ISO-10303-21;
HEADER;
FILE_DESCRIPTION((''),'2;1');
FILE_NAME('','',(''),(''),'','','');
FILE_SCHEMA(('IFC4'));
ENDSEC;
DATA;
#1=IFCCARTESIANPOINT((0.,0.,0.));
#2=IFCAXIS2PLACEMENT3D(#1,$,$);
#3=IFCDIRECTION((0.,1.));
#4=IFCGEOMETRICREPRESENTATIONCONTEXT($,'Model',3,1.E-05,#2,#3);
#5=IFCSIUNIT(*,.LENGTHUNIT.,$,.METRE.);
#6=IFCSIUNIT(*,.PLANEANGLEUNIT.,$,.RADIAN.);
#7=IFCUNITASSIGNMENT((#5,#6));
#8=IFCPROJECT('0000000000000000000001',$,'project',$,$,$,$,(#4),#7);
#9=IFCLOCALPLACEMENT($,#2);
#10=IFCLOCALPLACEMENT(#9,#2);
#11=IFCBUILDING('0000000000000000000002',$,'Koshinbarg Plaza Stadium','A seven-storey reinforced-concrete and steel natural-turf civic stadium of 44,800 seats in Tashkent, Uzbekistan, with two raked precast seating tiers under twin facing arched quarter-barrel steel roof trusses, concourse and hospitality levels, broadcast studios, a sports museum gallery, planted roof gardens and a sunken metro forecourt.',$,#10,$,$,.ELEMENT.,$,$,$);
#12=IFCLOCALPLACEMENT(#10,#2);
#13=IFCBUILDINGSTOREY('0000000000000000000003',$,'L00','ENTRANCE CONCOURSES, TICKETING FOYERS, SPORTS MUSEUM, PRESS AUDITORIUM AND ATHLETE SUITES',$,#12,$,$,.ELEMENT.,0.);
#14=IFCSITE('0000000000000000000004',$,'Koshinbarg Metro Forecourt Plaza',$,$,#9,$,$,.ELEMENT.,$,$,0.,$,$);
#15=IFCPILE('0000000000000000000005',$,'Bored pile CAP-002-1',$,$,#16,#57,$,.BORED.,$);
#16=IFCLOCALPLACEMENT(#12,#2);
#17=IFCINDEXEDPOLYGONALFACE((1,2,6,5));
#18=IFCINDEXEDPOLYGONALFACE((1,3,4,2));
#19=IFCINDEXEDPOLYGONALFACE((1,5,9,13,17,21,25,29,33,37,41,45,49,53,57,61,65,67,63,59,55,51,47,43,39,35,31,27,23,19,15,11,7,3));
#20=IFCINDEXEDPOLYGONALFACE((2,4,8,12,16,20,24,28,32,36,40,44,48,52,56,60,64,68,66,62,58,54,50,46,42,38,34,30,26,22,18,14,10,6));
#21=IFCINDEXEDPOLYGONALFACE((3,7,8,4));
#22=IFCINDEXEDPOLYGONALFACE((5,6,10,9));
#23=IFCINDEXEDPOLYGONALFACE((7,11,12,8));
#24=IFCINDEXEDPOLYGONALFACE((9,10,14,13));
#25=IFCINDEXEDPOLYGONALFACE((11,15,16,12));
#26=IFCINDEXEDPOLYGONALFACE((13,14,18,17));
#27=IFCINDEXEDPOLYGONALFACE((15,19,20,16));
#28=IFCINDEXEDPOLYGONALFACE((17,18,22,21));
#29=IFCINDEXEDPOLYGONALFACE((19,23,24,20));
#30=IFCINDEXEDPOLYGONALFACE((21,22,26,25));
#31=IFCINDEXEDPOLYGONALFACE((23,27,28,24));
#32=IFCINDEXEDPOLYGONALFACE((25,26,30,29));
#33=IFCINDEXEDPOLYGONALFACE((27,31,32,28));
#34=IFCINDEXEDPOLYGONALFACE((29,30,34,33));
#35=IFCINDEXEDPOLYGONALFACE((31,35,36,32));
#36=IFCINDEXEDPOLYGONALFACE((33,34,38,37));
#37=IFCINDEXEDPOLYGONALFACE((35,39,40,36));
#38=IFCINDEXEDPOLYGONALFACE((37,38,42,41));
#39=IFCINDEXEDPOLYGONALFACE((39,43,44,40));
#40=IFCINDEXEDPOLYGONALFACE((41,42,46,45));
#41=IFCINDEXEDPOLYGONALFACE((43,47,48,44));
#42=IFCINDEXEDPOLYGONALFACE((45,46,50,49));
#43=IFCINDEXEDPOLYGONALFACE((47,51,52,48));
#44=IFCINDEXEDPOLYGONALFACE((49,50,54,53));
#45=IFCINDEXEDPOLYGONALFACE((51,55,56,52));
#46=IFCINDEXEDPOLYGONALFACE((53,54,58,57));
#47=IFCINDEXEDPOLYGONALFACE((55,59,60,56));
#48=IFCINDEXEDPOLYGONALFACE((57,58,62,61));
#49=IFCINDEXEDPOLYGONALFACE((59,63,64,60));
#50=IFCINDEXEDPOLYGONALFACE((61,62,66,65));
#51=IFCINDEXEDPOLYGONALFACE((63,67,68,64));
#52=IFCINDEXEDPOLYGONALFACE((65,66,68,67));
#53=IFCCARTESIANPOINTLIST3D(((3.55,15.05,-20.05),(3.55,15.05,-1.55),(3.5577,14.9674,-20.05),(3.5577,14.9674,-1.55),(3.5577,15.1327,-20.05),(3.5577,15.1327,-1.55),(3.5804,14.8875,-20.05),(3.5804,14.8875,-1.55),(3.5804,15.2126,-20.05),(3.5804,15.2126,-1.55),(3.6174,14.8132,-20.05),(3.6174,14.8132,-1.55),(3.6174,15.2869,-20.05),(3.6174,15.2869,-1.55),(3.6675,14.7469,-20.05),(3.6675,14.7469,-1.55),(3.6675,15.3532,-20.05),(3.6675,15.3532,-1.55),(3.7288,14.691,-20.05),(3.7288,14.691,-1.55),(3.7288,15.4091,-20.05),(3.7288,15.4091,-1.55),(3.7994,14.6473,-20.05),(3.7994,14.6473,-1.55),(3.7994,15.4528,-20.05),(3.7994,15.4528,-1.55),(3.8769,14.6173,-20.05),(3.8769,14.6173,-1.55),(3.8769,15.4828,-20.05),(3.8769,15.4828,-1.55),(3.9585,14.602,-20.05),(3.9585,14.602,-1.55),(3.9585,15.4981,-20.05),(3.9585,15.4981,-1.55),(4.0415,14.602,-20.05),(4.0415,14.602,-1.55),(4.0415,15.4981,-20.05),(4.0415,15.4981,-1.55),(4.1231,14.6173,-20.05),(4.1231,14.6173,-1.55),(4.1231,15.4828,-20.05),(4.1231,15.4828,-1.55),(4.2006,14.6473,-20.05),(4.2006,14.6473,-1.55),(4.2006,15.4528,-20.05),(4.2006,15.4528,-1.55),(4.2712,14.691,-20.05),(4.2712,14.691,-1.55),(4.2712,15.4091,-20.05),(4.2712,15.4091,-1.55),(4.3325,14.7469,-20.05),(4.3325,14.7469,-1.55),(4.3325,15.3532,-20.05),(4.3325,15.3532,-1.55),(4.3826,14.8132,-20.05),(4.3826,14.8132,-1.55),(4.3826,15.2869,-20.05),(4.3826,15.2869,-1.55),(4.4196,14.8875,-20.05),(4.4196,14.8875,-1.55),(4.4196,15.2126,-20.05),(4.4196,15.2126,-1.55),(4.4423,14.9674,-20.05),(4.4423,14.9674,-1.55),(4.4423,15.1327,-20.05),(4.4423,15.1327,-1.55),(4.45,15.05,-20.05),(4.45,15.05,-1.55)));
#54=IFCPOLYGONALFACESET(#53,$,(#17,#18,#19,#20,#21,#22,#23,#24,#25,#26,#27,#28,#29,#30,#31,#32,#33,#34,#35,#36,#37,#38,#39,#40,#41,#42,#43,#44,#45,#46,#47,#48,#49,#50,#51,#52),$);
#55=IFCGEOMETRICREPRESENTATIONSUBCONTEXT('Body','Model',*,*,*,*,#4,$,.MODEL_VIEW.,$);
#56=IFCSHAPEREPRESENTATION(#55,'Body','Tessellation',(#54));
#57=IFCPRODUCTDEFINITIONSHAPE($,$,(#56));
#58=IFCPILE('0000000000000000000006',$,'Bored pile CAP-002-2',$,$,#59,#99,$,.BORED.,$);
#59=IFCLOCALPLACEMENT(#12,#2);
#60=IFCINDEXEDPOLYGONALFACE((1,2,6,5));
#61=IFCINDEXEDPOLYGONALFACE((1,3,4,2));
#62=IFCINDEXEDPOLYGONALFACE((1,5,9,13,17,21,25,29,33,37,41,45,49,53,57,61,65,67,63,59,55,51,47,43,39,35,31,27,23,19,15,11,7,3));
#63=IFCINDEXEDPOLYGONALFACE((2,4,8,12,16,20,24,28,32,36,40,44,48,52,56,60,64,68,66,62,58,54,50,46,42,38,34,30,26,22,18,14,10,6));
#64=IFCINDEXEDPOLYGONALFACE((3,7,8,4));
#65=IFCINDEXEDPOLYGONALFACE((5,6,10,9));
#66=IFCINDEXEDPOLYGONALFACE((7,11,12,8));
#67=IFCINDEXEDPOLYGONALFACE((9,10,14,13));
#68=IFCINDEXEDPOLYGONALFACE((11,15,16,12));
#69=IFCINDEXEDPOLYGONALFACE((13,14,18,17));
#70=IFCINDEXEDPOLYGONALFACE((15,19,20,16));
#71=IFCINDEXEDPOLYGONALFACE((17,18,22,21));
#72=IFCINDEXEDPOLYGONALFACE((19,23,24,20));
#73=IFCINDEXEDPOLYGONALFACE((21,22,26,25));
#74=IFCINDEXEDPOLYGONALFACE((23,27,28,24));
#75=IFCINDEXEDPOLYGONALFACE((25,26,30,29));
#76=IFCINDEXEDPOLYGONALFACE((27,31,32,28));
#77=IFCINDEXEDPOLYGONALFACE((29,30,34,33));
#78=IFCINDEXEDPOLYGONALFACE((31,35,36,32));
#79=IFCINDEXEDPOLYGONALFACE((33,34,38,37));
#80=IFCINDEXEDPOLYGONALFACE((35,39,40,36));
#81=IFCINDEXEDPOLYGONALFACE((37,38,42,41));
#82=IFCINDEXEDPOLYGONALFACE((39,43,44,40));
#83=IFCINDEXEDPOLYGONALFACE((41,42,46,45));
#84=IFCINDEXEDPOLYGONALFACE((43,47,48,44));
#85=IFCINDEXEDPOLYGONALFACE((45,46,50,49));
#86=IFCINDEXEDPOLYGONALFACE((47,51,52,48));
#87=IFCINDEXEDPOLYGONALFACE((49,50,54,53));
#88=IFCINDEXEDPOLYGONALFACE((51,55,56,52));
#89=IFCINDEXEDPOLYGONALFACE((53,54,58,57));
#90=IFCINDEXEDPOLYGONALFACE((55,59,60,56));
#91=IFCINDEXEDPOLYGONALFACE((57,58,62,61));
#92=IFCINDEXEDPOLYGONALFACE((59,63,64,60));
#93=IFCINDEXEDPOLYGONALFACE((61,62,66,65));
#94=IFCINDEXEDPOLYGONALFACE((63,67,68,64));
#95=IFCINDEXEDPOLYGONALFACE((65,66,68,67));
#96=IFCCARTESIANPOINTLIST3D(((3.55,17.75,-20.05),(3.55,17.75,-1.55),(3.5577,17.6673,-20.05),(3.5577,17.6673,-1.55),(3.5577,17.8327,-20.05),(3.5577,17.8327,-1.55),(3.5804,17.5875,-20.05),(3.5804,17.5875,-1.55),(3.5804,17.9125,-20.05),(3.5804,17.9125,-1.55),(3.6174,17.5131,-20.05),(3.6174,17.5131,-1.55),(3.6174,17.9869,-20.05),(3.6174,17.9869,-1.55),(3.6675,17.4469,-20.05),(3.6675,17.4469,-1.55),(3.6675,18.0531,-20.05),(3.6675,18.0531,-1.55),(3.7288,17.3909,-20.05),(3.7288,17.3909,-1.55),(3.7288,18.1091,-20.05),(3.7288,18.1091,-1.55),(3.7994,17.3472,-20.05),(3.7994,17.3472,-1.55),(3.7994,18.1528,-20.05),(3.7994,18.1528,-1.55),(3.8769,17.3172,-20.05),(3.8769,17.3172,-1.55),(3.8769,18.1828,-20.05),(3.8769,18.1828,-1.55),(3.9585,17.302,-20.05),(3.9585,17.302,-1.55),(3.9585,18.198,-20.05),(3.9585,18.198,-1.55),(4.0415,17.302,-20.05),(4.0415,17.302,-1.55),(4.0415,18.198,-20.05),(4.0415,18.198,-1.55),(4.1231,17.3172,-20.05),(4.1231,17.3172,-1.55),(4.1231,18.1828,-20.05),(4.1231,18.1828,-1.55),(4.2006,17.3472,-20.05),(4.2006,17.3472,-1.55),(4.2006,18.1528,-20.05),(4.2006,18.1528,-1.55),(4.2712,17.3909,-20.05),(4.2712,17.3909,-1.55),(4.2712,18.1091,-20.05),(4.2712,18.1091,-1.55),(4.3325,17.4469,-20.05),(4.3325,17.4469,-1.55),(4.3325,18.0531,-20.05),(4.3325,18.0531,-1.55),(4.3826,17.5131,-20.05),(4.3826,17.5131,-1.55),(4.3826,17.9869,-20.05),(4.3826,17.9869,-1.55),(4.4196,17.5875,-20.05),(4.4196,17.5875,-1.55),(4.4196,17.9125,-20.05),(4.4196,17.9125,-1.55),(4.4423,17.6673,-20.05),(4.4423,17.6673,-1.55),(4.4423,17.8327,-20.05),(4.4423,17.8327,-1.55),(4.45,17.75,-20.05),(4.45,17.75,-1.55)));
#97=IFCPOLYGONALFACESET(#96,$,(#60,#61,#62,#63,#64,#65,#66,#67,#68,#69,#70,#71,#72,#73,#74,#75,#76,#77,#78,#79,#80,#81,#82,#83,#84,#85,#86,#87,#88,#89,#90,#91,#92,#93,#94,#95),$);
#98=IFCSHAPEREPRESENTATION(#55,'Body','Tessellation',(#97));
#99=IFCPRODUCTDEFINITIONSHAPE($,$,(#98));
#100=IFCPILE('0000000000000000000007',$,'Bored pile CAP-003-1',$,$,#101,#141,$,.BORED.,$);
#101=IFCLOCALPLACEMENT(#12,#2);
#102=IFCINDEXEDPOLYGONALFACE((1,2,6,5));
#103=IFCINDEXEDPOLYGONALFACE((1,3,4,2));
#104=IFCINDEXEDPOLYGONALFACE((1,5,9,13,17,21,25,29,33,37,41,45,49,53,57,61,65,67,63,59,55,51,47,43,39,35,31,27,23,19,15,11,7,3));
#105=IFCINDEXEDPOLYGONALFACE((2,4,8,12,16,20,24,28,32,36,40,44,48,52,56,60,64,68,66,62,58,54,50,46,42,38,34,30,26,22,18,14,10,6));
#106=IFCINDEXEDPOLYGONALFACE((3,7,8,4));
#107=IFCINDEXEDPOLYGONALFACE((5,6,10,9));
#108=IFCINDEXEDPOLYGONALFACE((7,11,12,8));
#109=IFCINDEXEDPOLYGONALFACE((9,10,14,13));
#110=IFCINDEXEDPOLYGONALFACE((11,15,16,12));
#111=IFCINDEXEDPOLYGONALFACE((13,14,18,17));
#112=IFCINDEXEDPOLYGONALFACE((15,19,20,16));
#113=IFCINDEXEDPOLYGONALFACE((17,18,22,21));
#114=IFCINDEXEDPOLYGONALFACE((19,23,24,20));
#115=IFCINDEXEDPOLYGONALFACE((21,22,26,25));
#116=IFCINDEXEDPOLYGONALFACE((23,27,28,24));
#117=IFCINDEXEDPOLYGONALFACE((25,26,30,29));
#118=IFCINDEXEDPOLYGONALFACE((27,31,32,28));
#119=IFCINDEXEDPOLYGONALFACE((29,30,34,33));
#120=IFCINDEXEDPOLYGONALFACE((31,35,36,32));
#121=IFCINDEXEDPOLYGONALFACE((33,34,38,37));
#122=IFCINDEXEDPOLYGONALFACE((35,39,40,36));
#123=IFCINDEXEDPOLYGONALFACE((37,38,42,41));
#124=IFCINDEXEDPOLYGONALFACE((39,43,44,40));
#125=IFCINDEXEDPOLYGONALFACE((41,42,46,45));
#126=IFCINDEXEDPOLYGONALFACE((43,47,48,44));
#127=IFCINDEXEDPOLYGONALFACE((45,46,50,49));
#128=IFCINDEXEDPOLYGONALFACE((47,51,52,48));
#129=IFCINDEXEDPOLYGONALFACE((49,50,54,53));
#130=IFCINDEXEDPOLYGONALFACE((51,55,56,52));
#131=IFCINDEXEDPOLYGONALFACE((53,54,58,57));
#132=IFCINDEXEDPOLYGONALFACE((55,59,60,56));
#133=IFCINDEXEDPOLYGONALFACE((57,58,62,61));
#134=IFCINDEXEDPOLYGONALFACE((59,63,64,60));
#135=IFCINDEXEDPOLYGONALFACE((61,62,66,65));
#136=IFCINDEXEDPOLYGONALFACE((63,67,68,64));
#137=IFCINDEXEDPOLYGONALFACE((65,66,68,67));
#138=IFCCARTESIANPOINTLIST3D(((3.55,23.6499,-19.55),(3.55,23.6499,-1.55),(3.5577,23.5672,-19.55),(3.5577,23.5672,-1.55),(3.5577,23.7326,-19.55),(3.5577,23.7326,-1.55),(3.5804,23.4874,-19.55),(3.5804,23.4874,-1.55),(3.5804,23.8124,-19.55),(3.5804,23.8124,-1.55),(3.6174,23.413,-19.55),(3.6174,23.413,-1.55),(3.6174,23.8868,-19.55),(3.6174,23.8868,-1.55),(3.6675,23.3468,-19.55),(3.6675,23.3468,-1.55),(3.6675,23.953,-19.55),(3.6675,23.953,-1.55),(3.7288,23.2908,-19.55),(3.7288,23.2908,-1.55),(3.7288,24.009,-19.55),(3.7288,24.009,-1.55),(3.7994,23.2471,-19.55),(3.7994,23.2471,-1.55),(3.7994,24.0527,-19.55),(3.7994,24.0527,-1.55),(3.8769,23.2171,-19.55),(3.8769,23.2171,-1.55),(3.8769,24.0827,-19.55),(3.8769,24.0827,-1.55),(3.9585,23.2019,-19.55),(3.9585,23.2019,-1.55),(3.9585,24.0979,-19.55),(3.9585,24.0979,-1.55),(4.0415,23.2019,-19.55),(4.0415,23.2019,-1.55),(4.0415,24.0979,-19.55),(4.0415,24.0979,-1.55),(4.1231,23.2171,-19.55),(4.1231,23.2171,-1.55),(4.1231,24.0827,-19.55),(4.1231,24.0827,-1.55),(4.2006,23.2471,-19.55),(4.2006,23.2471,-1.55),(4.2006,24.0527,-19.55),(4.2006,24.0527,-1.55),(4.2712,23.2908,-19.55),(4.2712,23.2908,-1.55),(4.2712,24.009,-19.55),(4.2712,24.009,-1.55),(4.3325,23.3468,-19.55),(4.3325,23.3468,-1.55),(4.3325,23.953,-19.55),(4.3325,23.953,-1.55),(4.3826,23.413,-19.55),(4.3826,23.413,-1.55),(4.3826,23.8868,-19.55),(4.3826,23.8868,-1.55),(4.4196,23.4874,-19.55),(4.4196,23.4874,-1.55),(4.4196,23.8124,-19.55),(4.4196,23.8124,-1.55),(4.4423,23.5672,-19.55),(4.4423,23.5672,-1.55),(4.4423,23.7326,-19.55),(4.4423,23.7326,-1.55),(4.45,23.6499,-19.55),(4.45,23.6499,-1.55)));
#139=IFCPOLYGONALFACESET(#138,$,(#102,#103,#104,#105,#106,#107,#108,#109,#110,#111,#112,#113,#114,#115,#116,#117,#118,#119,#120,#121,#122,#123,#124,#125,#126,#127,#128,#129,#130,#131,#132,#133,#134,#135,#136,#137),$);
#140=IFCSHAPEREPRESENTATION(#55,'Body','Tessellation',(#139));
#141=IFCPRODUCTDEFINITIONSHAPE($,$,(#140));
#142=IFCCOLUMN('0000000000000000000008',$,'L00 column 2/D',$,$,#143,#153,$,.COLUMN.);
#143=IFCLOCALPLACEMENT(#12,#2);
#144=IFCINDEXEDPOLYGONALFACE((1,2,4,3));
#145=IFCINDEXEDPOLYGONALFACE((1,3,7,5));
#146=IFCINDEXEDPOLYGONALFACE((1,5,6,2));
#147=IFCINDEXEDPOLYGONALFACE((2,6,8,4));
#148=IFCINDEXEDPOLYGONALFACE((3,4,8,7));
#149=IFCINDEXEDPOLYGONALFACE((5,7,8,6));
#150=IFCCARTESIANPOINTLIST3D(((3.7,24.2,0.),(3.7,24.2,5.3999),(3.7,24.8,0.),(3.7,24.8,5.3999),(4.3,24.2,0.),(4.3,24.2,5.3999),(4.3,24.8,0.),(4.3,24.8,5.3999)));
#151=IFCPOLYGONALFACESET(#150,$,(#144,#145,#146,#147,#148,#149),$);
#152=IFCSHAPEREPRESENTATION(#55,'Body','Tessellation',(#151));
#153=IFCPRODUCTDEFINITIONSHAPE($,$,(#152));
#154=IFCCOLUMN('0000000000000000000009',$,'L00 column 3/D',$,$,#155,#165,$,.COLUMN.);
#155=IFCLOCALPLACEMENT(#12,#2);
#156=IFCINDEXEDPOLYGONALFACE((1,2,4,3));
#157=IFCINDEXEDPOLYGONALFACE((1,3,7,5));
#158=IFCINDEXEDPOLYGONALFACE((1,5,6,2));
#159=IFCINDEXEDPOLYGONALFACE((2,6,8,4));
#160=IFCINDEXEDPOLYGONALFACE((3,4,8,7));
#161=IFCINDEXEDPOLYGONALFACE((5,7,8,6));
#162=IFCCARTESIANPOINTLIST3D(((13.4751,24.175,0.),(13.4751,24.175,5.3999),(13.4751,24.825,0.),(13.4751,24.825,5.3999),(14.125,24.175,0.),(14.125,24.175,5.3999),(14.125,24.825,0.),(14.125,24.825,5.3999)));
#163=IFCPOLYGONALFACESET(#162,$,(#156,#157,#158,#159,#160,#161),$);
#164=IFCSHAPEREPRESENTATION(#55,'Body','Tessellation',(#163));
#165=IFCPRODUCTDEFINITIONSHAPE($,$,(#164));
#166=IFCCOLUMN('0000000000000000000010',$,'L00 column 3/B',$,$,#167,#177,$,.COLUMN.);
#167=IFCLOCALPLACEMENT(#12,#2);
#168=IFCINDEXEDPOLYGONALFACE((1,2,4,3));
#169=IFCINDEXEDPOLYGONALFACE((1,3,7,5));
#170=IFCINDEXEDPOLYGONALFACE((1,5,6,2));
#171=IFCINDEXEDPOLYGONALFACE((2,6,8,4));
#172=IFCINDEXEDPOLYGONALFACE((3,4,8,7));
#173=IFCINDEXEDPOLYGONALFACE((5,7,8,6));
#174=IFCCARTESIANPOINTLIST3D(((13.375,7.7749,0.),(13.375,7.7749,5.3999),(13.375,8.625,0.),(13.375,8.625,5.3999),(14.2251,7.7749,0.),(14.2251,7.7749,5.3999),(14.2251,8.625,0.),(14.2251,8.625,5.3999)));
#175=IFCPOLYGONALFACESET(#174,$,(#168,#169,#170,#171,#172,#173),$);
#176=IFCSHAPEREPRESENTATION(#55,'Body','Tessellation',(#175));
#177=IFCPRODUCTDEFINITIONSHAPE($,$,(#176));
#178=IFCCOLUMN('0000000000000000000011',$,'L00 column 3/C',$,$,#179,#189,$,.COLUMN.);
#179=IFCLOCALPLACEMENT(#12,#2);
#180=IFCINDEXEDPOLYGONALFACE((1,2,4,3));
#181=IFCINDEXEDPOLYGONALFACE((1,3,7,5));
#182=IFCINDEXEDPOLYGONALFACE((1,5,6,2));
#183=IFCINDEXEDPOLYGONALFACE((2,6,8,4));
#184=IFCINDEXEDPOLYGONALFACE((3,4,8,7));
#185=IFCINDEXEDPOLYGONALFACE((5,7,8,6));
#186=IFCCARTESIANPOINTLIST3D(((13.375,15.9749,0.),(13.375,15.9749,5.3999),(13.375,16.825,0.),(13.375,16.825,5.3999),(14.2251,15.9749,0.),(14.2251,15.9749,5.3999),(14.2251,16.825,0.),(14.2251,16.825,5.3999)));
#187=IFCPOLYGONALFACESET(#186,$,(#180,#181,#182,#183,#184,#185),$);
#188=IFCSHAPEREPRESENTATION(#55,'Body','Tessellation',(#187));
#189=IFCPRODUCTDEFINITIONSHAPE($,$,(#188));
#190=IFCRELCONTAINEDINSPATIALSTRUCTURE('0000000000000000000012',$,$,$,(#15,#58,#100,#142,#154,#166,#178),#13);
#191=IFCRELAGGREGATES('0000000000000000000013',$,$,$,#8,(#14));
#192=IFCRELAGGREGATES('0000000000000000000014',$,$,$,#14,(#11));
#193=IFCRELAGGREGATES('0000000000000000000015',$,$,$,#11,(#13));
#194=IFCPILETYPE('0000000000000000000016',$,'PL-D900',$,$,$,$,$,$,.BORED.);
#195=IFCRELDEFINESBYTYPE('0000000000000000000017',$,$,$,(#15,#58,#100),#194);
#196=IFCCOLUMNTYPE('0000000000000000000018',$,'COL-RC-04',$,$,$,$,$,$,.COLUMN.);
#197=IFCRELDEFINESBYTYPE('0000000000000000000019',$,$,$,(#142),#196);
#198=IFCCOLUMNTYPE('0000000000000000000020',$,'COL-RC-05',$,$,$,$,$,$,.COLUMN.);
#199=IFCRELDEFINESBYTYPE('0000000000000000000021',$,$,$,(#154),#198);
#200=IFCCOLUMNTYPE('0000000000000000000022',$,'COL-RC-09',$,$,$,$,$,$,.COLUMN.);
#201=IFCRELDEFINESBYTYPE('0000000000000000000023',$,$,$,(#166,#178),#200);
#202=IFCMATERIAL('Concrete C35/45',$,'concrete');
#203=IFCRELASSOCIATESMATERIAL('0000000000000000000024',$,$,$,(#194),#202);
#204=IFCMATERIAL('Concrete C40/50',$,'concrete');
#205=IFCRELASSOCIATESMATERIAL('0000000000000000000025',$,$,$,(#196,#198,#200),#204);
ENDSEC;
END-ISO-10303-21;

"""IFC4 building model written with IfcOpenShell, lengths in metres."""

from ifc_helpers import new_model, si_unit, direction, frame, origin, origin_2d, place, context, subcontext, project, spatial, rectangle, circle, extrude, material, material_profile, profile_set, type_object, element, save


model = new_model("IFC4")

# Units and contexts
model_context = context("Model", 3, precision=1e-05, world=origin(), true_north=direction((0.0, 1.0)))
body_context = subcontext(model_context, "Body", "Model", "MODEL_VIEW")
ifc_project = project(units=[si_unit("LENGTHUNIT", "METRE"), si_unit("PLANEANGLEUNIT", "RADIAN")], contexts=[model_context])

# Site, building, storey
site_placement = place(None, origin())
site = spatial("IfcSite", under=ifc_project, at=site_placement, Name="Koshinbarg Metro Forecourt Plaza", CompositionType="ELEMENT", RefElevation=0.0)
building_placement = place(site_placement, origin())
building = spatial("IfcBuilding", under=site, at=building_placement, Name="Koshinbarg Plaza Stadium", Description="A seven-storey reinforced-concrete and steel natural-turf civic stadium of 44,800 seats in Tashkent, Uzbekistan, with two raked precast seating tiers under twin facing arched quarter-barrel steel roof trusses, concourse and hospitality levels, broadcast studios, a sports museum gallery, planted roof gardens and a sunken metro forecourt.", CompositionType="ELEMENT")
storey_placement = place(building_placement, origin())
storey = spatial("IfcBuildingStorey", under=building, at=storey_placement, Name="L00", Description="ENTRANCE CONCOURSES, TICKETING FOYERS, SPORTS MUSEUM, PRESS AUDITORIUM AND ATHLETE SUITES", CompositionType="ELEMENT", Elevation=0.0)

# Shared definitions
ifc_material_1 = material(Name="Concrete C35/45", Category="concrete")

# Piles
ifc_material_profile_1 = material_profile(ifc_material_1, circle(Radius=0.45, at=origin_2d()), Name="PILE D900")
ifc_profile_set_1 = profile_set([ifc_material_profile_1], Name="Concrete C35/45")
pile_type_1 = type_object("IfcPileType", Name="PL-D900", PredefinedType="BORED", material=ifc_profile_set_1)
for number, where, z_axis, x_axis, name in (
    (1, (4.0, 15.05, -1.55), (0.0, 0.0, -1.0), (1.0, 0.0, 0.0), "Bored pile CAP-002-1"),
    (2, (4.0, 17.75, -1.55), (0.0, 0.0, -1.0), (1.0, 0.0, 0.0), "Bored pile CAP-002-2"),
):
    element("IfcPile", number, at=place(storey_placement, frame(where, z_axis=z_axis, x_axis=x_axis)), inside=storey, type_object=pile_type_1, Name=name, PredefinedType="BORED", context=body_context, shape_type="SweptSolid", body=[
        extrude(circle(Radius=0.45, at=origin_2d()), origin(), (0.0, 0.0, 1.0), 18.5),
    ])
pile_1_placement = place(storey_placement, frame((4.0, 23.6499, -1.55), z_axis=(0.0, 0.0, -1.0), x_axis=(1.0, 0.0, 0.0)))
element("IfcPile", 3, at=pile_1_placement, inside=storey, type_object=pile_type_1, Name="Bored pile CAP-003-1", PredefinedType="BORED", context=body_context, shape_type="SweptSolid", body=[
    extrude(circle(Radius=0.45, at=origin_2d()), origin(), (0.0, 0.0, 1.0), 18.0),
])

# Columns
ifc_material_2 = material(Name="Concrete C40/50", Category="concrete")
ifc_material_profile_2 = material_profile(ifc_material_2, rectangle(XDim=0.6001, YDim=0.6001, at=origin_2d()), Name="RC 600x600")
ifc_profile_set_2 = profile_set([ifc_material_profile_2], Name="Concrete C40/50")
column_type_1 = type_object("IfcColumnType", Name="COL-RC-04", PredefinedType="COLUMN", material=ifc_profile_set_2)
column_1_placement = place(storey_placement, frame((4.0, 24.5, 0.0), z_axis=(0.0, 0.0, 1.0), x_axis=(1.0, 0.0, 0.0)))
element("IfcColumn", 4, at=column_1_placement, inside=storey, type_object=column_type_1, Name="L00 column 2/D", PredefinedType="COLUMN", context=body_context, shape_type="SweptSolid", body=[
    extrude(rectangle(XDim=0.6001, YDim=0.6001, at=origin_2d()), origin(), (0.0, 0.0, 1.0), 5.3999),
])
ifc_material_profile_3 = material_profile(ifc_material_2, rectangle(XDim=0.6499, YDim=0.6499, at=origin_2d()), Name="RC 650x650")
ifc_profile_set_3 = profile_set([ifc_material_profile_3], Name="Concrete C40/50")
column_type_2 = type_object("IfcColumnType", Name="COL-RC-05", PredefinedType="COLUMN", material=ifc_profile_set_3)
column_2_placement = place(storey_placement, frame((13.8, 24.5, 0.0), z_axis=(0.0, 0.0, 1.0), x_axis=(1.0, 0.0, 0.0)))
element("IfcColumn", 5, at=column_2_placement, inside=storey, type_object=column_type_2, Name="L00 column 3/D", PredefinedType="COLUMN", context=body_context, shape_type="SweptSolid", body=[
    extrude(rectangle(XDim=0.6499, YDim=0.6499, at=origin_2d()), origin(), (0.0, 0.0, 1.0), 5.3999),
])
ifc_material_profile_4 = material_profile(ifc_material_2, rectangle(XDim=0.8501, YDim=0.8501, at=origin_2d()), Name="RC 850x850")
ifc_profile_set_4 = profile_set([ifc_material_profile_4], Name="Concrete C40/50")
column_type_3 = type_object("IfcColumnType", Name="COL-RC-09", PredefinedType="COLUMN", material=ifc_profile_set_4)
for number, where, z_axis, x_axis, name in (
    (6, (13.8, 8.2, 0.0), (0.0, 0.0, 1.0), (1.0, 0.0, 0.0), "L00 column 3/B"),
    (7, (13.8, 16.3999, 0.0), (0.0, 0.0, 1.0), (1.0, 0.0, 0.0), "L00 column 3/C"),
):
    element("IfcColumn", number, at=place(storey_placement, frame(where, z_axis=z_axis, x_axis=x_axis)), inside=storey, type_object=column_type_3, Name=name, PredefinedType="COLUMN", context=body_context, shape_type="SweptSolid", body=[
        extrude(rectangle(XDim=0.8501, YDim=0.8501, at=origin_2d()), origin(), (0.0, 0.0, 1.0), 5.3999),
    ])

save(model, "model.ifc")
